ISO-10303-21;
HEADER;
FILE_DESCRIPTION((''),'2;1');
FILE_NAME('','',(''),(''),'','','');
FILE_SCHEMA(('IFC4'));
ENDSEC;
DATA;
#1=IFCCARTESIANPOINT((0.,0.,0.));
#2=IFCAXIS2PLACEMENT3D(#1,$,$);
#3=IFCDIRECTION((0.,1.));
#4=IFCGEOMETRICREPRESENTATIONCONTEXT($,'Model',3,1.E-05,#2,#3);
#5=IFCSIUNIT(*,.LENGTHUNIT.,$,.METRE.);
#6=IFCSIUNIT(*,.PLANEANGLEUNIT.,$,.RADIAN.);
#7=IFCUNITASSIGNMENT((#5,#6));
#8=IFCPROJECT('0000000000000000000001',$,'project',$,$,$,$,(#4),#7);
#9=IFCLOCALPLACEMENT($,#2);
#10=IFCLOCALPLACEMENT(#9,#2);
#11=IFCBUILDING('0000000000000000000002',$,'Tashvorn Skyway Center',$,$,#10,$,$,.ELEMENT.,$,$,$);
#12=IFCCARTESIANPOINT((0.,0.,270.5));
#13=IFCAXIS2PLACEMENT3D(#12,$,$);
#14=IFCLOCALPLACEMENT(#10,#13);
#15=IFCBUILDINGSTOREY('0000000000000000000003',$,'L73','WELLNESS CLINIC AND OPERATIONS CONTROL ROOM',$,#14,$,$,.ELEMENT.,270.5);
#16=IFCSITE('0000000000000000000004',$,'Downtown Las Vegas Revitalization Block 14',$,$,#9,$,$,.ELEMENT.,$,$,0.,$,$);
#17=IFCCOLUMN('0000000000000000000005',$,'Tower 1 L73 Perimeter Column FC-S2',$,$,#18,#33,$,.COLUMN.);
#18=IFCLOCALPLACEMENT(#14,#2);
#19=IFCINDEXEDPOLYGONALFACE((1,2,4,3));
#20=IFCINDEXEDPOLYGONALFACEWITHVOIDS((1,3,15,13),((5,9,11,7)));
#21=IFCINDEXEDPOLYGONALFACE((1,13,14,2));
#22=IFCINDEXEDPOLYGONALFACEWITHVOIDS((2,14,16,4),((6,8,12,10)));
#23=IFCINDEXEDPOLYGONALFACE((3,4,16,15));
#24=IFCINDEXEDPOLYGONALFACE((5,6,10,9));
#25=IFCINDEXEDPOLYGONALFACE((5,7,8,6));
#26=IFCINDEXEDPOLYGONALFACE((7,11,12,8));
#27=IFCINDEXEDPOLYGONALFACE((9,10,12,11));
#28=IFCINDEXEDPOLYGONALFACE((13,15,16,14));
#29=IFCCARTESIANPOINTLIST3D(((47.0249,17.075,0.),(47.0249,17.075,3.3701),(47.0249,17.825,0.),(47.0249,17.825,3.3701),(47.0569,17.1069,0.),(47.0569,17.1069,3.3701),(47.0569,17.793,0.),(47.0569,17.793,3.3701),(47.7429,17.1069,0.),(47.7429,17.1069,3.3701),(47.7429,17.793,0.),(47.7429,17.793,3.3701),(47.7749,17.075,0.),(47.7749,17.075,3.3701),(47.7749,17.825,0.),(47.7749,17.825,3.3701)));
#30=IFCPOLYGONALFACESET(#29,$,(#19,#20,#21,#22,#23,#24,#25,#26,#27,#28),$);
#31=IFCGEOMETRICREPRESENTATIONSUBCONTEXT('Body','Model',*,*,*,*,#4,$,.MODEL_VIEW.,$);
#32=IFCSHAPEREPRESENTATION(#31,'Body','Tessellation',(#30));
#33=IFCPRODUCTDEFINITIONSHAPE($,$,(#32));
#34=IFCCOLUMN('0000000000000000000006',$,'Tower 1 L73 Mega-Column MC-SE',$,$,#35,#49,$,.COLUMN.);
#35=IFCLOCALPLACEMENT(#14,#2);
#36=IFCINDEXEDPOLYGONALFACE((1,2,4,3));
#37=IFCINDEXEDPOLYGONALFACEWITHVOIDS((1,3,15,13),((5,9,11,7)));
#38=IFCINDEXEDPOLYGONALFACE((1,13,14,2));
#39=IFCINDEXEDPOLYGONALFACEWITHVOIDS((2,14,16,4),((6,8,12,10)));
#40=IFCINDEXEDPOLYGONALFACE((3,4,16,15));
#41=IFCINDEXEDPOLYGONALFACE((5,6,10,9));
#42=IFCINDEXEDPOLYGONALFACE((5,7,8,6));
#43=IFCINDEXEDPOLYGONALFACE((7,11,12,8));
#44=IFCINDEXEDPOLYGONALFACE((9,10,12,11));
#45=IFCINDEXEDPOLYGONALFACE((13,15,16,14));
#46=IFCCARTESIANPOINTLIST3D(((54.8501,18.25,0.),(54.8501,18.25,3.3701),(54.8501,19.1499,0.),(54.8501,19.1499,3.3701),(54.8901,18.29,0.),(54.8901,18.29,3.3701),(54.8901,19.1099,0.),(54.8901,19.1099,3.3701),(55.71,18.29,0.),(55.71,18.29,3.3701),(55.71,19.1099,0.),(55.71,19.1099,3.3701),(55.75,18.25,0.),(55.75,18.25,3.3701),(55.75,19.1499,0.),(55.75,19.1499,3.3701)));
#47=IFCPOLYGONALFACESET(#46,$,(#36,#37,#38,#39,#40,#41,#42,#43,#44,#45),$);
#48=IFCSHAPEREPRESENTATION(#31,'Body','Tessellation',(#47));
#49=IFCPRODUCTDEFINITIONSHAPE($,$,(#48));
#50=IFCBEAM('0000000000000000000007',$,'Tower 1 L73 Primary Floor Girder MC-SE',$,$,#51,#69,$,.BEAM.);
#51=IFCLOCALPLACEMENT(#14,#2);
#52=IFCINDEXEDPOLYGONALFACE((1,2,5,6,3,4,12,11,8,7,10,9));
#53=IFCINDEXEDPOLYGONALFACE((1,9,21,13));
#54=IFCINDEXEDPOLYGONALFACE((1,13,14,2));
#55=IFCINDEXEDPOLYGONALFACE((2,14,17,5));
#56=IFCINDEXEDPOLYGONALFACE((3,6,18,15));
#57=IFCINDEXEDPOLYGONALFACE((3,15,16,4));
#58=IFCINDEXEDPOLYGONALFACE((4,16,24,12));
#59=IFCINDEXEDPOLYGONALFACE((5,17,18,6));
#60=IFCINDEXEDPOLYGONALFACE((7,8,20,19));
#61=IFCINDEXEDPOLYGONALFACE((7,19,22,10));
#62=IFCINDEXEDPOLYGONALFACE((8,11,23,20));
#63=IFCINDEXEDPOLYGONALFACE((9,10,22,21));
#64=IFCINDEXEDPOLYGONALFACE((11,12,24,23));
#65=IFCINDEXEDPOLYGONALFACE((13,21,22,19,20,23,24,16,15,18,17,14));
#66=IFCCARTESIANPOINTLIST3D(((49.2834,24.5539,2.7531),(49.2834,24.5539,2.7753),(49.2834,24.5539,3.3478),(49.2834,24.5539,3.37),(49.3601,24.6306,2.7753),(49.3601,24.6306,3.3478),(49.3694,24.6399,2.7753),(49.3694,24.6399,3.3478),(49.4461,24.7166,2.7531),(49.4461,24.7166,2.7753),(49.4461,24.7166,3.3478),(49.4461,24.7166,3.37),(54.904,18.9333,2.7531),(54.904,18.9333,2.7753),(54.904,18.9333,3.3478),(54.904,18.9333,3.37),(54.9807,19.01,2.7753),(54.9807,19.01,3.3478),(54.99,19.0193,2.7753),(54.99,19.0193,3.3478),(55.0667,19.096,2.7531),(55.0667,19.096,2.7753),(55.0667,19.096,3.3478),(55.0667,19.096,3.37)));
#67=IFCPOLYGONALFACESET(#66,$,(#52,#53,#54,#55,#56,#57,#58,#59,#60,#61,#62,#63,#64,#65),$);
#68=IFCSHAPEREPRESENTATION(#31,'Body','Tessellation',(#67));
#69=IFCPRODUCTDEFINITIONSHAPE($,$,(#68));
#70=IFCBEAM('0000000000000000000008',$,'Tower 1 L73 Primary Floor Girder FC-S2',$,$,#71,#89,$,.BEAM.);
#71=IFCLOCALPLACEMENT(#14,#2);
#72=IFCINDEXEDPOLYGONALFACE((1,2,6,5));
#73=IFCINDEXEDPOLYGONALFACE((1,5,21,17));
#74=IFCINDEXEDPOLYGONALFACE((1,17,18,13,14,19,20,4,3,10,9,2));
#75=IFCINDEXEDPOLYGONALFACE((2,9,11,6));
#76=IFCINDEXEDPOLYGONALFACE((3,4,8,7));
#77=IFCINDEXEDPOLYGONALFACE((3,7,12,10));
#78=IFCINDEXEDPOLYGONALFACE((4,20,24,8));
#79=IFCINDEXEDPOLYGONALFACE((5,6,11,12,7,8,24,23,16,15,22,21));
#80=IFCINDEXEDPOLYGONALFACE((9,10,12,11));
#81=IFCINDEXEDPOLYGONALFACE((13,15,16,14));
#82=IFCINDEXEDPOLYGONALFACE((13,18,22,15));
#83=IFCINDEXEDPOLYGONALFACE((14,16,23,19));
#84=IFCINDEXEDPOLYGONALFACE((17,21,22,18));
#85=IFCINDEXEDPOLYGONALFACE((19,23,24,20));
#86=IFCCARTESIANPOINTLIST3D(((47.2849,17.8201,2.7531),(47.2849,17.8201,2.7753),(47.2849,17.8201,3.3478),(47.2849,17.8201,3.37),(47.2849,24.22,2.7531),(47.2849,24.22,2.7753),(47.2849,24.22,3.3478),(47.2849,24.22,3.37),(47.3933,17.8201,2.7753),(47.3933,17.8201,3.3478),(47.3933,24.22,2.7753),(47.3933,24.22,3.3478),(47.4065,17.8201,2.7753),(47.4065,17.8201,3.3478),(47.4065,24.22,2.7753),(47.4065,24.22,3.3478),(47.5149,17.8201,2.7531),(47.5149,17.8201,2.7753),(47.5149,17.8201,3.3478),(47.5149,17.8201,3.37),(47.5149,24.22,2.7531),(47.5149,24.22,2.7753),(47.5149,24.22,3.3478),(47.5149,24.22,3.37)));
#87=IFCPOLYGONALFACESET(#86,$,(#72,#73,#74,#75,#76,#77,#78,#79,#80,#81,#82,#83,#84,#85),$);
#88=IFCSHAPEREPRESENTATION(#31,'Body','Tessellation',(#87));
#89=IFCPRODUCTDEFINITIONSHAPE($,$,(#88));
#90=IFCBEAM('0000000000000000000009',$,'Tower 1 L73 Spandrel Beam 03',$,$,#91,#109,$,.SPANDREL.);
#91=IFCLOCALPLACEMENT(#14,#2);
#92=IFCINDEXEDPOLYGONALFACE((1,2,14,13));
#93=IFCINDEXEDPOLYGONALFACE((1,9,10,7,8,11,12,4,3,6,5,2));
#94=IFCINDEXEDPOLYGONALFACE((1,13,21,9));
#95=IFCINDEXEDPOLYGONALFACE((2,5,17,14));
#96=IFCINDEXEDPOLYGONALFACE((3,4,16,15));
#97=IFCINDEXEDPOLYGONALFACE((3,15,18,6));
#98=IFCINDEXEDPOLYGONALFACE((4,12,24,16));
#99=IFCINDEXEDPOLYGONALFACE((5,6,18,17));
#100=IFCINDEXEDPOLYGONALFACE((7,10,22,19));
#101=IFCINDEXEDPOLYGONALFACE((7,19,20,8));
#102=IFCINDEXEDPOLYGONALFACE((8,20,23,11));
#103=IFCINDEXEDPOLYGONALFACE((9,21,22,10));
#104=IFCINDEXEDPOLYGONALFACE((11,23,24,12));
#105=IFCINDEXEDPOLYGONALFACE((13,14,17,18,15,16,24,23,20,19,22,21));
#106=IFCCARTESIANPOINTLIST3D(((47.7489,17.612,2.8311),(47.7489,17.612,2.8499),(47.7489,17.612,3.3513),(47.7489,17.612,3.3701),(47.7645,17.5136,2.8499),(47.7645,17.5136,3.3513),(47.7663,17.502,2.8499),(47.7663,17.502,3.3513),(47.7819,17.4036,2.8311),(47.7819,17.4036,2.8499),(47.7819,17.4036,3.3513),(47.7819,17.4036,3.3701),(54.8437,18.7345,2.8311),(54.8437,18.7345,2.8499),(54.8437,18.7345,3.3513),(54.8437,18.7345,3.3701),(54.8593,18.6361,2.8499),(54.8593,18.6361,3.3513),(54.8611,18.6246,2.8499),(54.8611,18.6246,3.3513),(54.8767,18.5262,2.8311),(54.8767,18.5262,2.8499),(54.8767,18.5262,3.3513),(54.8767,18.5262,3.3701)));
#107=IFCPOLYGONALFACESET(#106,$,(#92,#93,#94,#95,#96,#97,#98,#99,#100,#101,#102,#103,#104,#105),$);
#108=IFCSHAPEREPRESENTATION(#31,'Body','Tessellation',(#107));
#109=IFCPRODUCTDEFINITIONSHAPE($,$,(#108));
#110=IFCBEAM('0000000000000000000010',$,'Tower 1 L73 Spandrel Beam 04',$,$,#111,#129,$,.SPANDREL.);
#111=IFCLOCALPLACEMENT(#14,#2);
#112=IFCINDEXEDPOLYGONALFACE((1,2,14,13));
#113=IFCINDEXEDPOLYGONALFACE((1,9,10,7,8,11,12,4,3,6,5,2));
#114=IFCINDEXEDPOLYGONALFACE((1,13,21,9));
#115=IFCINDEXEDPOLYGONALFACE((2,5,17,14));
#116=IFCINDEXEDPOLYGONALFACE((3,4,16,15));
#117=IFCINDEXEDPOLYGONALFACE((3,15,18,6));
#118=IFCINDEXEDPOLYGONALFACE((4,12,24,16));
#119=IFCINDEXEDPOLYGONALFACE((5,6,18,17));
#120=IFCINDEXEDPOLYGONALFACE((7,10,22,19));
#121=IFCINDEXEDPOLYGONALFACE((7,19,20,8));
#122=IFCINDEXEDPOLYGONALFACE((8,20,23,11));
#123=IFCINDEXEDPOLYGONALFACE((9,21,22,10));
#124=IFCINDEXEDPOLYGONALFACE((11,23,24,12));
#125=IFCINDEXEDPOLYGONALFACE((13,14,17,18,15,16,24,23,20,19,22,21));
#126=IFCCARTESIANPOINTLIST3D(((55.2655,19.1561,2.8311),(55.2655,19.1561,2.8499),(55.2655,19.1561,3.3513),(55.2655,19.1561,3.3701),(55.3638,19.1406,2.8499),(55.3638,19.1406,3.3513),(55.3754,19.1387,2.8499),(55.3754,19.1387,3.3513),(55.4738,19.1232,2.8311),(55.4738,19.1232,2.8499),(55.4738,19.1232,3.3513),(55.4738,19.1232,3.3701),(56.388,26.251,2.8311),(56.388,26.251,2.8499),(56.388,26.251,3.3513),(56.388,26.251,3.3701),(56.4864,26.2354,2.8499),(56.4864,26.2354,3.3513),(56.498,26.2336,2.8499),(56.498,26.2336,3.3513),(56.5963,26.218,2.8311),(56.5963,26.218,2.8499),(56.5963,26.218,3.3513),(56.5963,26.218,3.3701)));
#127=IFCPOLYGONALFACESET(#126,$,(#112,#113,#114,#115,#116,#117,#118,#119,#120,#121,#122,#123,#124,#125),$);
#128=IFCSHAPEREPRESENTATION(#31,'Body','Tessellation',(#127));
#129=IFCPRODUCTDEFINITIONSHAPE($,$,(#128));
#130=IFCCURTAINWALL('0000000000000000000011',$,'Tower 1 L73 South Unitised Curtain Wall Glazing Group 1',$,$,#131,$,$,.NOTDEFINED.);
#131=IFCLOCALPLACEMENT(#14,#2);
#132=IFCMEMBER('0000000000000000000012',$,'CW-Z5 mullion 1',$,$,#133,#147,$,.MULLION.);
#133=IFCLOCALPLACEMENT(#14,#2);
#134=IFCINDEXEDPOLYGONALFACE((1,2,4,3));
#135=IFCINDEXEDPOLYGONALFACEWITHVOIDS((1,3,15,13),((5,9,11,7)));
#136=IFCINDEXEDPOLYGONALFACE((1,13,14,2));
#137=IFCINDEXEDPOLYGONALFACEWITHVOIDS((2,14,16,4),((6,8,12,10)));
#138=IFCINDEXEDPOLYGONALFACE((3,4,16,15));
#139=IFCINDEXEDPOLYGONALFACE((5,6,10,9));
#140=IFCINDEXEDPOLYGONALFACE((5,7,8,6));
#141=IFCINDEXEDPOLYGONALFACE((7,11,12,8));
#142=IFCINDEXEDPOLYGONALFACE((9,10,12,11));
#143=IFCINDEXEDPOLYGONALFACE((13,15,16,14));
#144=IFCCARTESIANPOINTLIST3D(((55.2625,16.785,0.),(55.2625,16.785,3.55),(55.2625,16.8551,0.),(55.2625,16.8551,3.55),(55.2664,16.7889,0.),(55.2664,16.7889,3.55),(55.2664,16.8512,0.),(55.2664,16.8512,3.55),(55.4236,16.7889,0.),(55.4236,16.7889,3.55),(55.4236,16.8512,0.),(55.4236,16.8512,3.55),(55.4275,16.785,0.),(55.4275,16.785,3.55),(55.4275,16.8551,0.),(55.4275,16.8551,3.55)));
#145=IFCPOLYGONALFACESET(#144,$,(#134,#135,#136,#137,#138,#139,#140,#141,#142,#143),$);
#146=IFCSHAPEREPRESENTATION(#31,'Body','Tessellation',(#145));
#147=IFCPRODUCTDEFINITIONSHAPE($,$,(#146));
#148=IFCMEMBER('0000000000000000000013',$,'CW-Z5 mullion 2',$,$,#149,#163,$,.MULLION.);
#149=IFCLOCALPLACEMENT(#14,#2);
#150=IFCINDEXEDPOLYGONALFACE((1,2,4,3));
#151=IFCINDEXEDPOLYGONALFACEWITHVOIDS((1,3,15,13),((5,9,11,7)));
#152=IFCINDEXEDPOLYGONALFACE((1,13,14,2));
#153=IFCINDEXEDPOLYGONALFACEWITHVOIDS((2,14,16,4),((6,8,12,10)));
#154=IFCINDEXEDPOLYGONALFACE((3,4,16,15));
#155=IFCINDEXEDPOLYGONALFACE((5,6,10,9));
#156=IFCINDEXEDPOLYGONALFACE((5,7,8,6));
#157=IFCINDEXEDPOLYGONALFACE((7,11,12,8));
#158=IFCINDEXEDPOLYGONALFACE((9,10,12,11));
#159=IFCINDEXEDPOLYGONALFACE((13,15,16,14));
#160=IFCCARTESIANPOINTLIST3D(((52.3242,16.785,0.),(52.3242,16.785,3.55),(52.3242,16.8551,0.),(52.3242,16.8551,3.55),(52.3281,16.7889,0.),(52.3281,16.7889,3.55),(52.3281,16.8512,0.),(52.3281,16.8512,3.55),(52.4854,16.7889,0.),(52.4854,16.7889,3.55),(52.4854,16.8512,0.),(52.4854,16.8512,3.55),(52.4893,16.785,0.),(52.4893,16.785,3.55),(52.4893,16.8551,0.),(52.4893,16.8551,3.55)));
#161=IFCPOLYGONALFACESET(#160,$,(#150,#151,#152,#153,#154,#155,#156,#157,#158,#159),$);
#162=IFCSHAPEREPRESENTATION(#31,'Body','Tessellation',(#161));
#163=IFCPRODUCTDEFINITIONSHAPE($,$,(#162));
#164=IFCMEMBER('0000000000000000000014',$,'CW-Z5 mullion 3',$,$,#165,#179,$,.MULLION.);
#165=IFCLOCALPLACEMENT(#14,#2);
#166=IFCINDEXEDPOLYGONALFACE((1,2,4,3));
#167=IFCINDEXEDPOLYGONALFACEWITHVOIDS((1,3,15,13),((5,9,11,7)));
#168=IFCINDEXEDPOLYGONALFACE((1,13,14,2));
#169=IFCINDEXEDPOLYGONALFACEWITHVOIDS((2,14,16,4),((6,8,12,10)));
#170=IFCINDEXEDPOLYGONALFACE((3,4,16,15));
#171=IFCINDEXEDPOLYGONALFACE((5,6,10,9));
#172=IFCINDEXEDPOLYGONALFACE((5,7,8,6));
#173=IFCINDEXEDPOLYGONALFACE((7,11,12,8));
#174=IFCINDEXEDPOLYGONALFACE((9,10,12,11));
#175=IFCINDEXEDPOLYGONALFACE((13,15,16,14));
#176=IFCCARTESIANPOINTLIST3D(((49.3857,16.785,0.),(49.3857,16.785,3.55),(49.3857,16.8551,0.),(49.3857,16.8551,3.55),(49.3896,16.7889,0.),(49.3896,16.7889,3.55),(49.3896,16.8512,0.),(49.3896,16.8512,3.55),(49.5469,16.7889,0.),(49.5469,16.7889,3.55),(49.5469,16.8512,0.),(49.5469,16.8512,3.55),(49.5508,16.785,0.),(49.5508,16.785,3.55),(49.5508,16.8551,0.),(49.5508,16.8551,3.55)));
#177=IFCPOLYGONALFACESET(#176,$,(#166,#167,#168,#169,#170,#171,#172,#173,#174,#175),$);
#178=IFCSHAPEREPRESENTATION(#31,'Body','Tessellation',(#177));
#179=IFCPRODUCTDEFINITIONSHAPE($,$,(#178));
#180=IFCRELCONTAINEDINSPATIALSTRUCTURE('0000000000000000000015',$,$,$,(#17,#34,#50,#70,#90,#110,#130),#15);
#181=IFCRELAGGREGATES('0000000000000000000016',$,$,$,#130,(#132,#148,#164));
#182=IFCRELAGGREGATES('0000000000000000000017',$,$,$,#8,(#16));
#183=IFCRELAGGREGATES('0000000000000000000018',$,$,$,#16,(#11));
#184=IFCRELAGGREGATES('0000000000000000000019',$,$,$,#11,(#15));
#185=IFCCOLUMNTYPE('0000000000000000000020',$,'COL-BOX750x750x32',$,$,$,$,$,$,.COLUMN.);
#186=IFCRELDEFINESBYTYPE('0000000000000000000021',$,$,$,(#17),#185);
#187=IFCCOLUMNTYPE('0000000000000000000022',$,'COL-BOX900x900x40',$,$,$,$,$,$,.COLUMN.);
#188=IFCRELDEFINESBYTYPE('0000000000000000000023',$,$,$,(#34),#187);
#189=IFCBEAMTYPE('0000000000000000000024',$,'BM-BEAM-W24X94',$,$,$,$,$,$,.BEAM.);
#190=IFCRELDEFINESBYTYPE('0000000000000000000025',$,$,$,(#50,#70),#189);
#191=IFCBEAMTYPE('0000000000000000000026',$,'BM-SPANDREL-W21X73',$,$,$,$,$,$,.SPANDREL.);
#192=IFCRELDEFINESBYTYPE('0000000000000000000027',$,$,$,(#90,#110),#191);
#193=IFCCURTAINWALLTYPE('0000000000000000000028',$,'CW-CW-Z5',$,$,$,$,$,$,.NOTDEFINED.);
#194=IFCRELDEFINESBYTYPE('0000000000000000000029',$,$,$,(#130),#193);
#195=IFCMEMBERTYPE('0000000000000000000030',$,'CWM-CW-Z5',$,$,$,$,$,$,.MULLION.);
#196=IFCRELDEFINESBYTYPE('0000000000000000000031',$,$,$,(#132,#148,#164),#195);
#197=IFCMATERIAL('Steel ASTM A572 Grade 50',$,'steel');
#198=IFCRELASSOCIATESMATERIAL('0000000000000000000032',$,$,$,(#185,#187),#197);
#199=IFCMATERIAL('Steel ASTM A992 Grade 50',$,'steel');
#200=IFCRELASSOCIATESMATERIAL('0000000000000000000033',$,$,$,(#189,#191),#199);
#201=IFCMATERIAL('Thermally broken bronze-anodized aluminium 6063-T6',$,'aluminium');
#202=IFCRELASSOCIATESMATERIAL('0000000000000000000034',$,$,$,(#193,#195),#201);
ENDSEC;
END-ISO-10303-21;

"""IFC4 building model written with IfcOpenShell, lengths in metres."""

from ifc_helpers import new_model, si_unit, direction, frame, origin, origin_2d, place, context, subcontext, project, spatial, hollow_rectangle, i_section, extrude, material, material_profile, profile_set, type_object, element, aggregate, save


model = new_model("IFC4")

# Units and contexts
model_context = context("Model", 3, precision=1e-05, world=origin(), true_north=direction((0.0, 1.0)))
body_context = subcontext(model_context, "Body", "Model", "MODEL_VIEW")
ifc_project = project(units=[si_unit("LENGTHUNIT", "METRE"), si_unit("PLANEANGLEUNIT", "RADIAN")], contexts=[model_context])

# Site, building, storey
site_placement = place(None, origin())
site = spatial("IfcSite", under=ifc_project, at=site_placement, Name="Downtown Las Vegas Revitalization Block 14", CompositionType="ELEMENT", RefElevation=0.0)
building_placement = place(site_placement, origin())
building = spatial("IfcBuilding", under=site, at=building_placement, Name="Tashvorn Skyway Center", CompositionType="ELEMENT")
storey_placement = place(building_placement, frame((0.0, 0.0, 270.5)))
storey = spatial("IfcBuildingStorey", under=building, at=storey_placement, Name="L73", Description="WELLNESS CLINIC AND OPERATIONS CONTROL ROOM", CompositionType="ELEMENT", Elevation=270.5)

# Columns
ifc_material_1 = material(Name="Steel ASTM A572 Grade 50", Category="steel")
ifc_material_profile_1 = material_profile(ifc_material_1, hollow_rectangle(XDim=0.75, YDim=0.75, WallThickness=0.032, at=origin_2d()), Name="BOX750x750x32")
ifc_profile_set_1 = profile_set([ifc_material_profile_1], Name="Steel ASTM A572 Grade 50")
column_type_1 = type_object("IfcColumnType", Name="COL-BOX750x750x32", PredefinedType="COLUMN", material=ifc_profile_set_1)
column_1_placement = place(storey_placement, frame((47.3999, 17.45, 0.0), z_axis=(0.0, 0.0, 1.0), x_axis=(1.0, 0.0, 0.0)))
element("IfcColumn", 1, at=column_1_placement, inside=storey, type_object=column_type_1, Name="Tower 1 L73 Perimeter Column FC-S2", PredefinedType="COLUMN", context=body_context, shape_type="SweptSolid", body=[
    extrude(hollow_rectangle(XDim=0.75, YDim=0.75, WallThickness=0.032, at=origin_2d()), origin(), (0.0, 0.0, 1.0), 3.3701),
])
ifc_material_profile_2 = material_profile(ifc_material_1, hollow_rectangle(XDim=0.8999, YDim=0.8999, WallThickness=0.04, at=origin_2d()), Name="BOX900x900x40")
ifc_profile_set_2 = profile_set([ifc_material_profile_2], Name="Steel ASTM A572 Grade 50")
column_type_2 = type_object("IfcColumnType", Name="COL-BOX900x900x40", PredefinedType="COLUMN", material=ifc_profile_set_2)
column_2_placement = place(storey_placement, frame((55.3, 18.7, 0.0), z_axis=(0.0, 0.0, 1.0), x_axis=(1.0, 0.0, 0.0)))
element("IfcColumn", 2, at=column_2_placement, inside=storey, type_object=column_type_2, Name="Tower 1 L73 Mega-Column MC-SE", PredefinedType="COLUMN", context=body_context, shape_type="SweptSolid", body=[
    extrude(hollow_rectangle(XDim=0.8999, YDim=0.8999, WallThickness=0.04, at=origin_2d()), origin(), (0.0, 0.0, 1.0), 3.3701),
])

# Beams
ifc_material_2 = material(Name="Steel ASTM A992 Grade 50", Category="steel")
ifc_material_profile_3 = material_profile(ifc_material_2, i_section(OverallWidth=0.23, OverallDepth=0.6169, WebThickness=0.0132, FlangeThickness=0.0222, at=origin_2d()), Name="W24X94")
ifc_profile_set_3 = profile_set([ifc_material_profile_3], Name="Steel ASTM A992 Grade 50")
beam_type_1 = type_object("IfcBeamType", Name="BM-BEAM-W24X94", PredefinedType="BEAM", material=ifc_profile_set_3)
beam_1_placement = place(storey_placement, frame((54.9854, 19.0146, 3.0615), z_axis=(-0.707107, 0.707107, 0.0), x_axis=(-0.707107, -0.707107, 0.0)))
element("IfcBeam", 3, at=beam_1_placement, inside=storey, type_object=beam_type_1, Name="Tower 1 L73 Primary Floor Girder MC-SE", PredefinedType="BEAM", context=body_context, shape_type="SweptSolid", body=[
    extrude(i_section(OverallWidth=0.23, OverallDepth=0.6169, WebThickness=0.0132, FlangeThickness=0.0222, at=origin_2d()), origin(), (0.0, 0.0, 1.0), 7.9487),
])
beam_2_placement = place(storey_placement, frame((47.3999, 17.8201, 3.0615), z_axis=(0.0, 1.0, 0.0), x_axis=(-1.0, 0.0, 0.0)))
element("IfcBeam", 4, at=beam_2_placement, inside=storey, type_object=beam_type_1, Name="Tower 1 L73 Primary Floor Girder FC-S2", PredefinedType="BEAM", context=body_context, shape_type="SweptSolid", body=[
    extrude(i_section(OverallWidth=0.23, OverallDepth=0.6169, WebThickness=0.0132, FlangeThickness=0.0222, at=origin_2d()), origin(), (0.0, 0.0, 1.0), 6.3999),
])
ifc_material_profile_4 = material_profile(ifc_material_2, i_section(OverallWidth=0.2109, OverallDepth=0.5391, WebThickness=0.0117, FlangeThickness=0.0188, at=origin_2d()), Name="W21X73")
ifc_profile_set_4 = profile_set([ifc_material_profile_4], Name="Steel ASTM A992 Grade 50")
beam_type_2 = type_object("IfcBeamType", Name="BM-SPANDREL-W21X73", PredefinedType="SPANDREL", material=ifc_profile_set_4)
for number, where, z_axis, x_axis, name in (
    (5, (47.7654, 17.5078, 3.1006), (0.987714, 0.156275, 0.0), (-0.156275, 0.987714, 0.0), "Tower 1 L73 Spandrel Beam 03"),
    (6, (55.3696, 19.1396, 3.1006), (0.156275, 0.987714, 0.0), (-0.987714, 0.156275, 0.0), "Tower 1 L73 Spandrel Beam 04"),
):
    element("IfcBeam", number, at=place(storey_placement, frame(where, z_axis=z_axis, x_axis=x_axis)), inside=storey, type_object=beam_type_2, Name=name, PredefinedType="SPANDREL", context=body_context, shape_type="SweptSolid", body=[
        extrude(i_section(OverallWidth=0.2109, OverallDepth=0.5391, WebThickness=0.0117, FlangeThickness=0.0188, at=origin_2d()), origin(), (0.0, 0.0, 1.0), 7.1831),
    ])

# Curtain wall, members
ifc_material_3 = material(Name="Thermally broken bronze-anodized aluminium 6063-T6", Category="aluminium")
curtain_wall_type = type_object("IfcCurtainWallType", Name="CW-CW-Z5", PredefinedType="NOTDEFINED", material=ifc_material_3)
curtain_wall_1_placement = place(storey_placement, origin())
curtain_wall_1 = element("IfcCurtainWall", 7, at=curtain_wall_1_placement, inside=storey, type_object=curtain_wall_type, Name="Tower 1 L73 South Unitised Curtain Wall Glazing Group 1", PredefinedType="NOTDEFINED")
ifc_material_profile_5 = material_profile(ifc_material_3, hollow_rectangle(XDim=0.0701, YDim=0.165, WallThickness=0.0039, at=origin_2d()), Name="ALU-MULL-70x165")
ifc_profile_set_5 = profile_set([ifc_material_profile_5], Name="Thermally broken bronze-anodized aluminium 6063-T6")
member_type_1 = type_object("IfcMemberType", Name="CWM-CW-Z5", PredefinedType="MULLION", material=ifc_profile_set_5)
member_1_placement = place(storey_placement, frame((55.345, 16.8201, 0.0), z_axis=(0.0, 0.0, 1.0), x_axis=(0.0, -1.0, 0.0)))
member_1 = element("IfcMember", 8, at=member_1_placement, type_object=member_type_1, Name="CW-Z5 mullion 1", PredefinedType="MULLION", context=body_context, shape_type="SweptSolid", body=[
    extrude(hollow_rectangle(XDim=0.0701, YDim=0.165, WallThickness=0.0039, at=origin_2d()), origin(), (0.0, 0.0, 1.0), 3.55),
])
member_2_placement = place(storey_placement, frame((52.4067, 16.8201, 0.0), z_axis=(0.0, 0.0, 1.0), x_axis=(0.0, -1.0, 0.0)))
member_2 = element("IfcMember", 9, at=member_2_placement, type_object=member_type_1, Name="CW-Z5 mullion 2", PredefinedType="MULLION", context=body_context, shape_type="SweptSolid", body=[
    extrude(hollow_rectangle(XDim=0.0701, YDim=0.165, WallThickness=0.0039, at=origin_2d()), origin(), (0.0, 0.0, 1.0), 3.55),
])
member_3_placement = place(storey_placement, frame((49.4683, 16.8201, 0.0), z_axis=(0.0, 0.0, 1.0), x_axis=(0.0, -1.0, 0.0)))
member_3 = element("IfcMember", 10, at=member_3_placement, type_object=member_type_1, Name="CW-Z5 mullion 3", PredefinedType="MULLION", context=body_context, shape_type="SweptSolid", body=[
    extrude(hollow_rectangle(XDim=0.0701, YDim=0.165, WallThickness=0.0039, at=origin_2d()), origin(), (0.0, 0.0, 1.0), 3.55),
])

aggregate(curtain_wall_1, [member_1, member_2, member_3])

save(model, "model.ifc")
